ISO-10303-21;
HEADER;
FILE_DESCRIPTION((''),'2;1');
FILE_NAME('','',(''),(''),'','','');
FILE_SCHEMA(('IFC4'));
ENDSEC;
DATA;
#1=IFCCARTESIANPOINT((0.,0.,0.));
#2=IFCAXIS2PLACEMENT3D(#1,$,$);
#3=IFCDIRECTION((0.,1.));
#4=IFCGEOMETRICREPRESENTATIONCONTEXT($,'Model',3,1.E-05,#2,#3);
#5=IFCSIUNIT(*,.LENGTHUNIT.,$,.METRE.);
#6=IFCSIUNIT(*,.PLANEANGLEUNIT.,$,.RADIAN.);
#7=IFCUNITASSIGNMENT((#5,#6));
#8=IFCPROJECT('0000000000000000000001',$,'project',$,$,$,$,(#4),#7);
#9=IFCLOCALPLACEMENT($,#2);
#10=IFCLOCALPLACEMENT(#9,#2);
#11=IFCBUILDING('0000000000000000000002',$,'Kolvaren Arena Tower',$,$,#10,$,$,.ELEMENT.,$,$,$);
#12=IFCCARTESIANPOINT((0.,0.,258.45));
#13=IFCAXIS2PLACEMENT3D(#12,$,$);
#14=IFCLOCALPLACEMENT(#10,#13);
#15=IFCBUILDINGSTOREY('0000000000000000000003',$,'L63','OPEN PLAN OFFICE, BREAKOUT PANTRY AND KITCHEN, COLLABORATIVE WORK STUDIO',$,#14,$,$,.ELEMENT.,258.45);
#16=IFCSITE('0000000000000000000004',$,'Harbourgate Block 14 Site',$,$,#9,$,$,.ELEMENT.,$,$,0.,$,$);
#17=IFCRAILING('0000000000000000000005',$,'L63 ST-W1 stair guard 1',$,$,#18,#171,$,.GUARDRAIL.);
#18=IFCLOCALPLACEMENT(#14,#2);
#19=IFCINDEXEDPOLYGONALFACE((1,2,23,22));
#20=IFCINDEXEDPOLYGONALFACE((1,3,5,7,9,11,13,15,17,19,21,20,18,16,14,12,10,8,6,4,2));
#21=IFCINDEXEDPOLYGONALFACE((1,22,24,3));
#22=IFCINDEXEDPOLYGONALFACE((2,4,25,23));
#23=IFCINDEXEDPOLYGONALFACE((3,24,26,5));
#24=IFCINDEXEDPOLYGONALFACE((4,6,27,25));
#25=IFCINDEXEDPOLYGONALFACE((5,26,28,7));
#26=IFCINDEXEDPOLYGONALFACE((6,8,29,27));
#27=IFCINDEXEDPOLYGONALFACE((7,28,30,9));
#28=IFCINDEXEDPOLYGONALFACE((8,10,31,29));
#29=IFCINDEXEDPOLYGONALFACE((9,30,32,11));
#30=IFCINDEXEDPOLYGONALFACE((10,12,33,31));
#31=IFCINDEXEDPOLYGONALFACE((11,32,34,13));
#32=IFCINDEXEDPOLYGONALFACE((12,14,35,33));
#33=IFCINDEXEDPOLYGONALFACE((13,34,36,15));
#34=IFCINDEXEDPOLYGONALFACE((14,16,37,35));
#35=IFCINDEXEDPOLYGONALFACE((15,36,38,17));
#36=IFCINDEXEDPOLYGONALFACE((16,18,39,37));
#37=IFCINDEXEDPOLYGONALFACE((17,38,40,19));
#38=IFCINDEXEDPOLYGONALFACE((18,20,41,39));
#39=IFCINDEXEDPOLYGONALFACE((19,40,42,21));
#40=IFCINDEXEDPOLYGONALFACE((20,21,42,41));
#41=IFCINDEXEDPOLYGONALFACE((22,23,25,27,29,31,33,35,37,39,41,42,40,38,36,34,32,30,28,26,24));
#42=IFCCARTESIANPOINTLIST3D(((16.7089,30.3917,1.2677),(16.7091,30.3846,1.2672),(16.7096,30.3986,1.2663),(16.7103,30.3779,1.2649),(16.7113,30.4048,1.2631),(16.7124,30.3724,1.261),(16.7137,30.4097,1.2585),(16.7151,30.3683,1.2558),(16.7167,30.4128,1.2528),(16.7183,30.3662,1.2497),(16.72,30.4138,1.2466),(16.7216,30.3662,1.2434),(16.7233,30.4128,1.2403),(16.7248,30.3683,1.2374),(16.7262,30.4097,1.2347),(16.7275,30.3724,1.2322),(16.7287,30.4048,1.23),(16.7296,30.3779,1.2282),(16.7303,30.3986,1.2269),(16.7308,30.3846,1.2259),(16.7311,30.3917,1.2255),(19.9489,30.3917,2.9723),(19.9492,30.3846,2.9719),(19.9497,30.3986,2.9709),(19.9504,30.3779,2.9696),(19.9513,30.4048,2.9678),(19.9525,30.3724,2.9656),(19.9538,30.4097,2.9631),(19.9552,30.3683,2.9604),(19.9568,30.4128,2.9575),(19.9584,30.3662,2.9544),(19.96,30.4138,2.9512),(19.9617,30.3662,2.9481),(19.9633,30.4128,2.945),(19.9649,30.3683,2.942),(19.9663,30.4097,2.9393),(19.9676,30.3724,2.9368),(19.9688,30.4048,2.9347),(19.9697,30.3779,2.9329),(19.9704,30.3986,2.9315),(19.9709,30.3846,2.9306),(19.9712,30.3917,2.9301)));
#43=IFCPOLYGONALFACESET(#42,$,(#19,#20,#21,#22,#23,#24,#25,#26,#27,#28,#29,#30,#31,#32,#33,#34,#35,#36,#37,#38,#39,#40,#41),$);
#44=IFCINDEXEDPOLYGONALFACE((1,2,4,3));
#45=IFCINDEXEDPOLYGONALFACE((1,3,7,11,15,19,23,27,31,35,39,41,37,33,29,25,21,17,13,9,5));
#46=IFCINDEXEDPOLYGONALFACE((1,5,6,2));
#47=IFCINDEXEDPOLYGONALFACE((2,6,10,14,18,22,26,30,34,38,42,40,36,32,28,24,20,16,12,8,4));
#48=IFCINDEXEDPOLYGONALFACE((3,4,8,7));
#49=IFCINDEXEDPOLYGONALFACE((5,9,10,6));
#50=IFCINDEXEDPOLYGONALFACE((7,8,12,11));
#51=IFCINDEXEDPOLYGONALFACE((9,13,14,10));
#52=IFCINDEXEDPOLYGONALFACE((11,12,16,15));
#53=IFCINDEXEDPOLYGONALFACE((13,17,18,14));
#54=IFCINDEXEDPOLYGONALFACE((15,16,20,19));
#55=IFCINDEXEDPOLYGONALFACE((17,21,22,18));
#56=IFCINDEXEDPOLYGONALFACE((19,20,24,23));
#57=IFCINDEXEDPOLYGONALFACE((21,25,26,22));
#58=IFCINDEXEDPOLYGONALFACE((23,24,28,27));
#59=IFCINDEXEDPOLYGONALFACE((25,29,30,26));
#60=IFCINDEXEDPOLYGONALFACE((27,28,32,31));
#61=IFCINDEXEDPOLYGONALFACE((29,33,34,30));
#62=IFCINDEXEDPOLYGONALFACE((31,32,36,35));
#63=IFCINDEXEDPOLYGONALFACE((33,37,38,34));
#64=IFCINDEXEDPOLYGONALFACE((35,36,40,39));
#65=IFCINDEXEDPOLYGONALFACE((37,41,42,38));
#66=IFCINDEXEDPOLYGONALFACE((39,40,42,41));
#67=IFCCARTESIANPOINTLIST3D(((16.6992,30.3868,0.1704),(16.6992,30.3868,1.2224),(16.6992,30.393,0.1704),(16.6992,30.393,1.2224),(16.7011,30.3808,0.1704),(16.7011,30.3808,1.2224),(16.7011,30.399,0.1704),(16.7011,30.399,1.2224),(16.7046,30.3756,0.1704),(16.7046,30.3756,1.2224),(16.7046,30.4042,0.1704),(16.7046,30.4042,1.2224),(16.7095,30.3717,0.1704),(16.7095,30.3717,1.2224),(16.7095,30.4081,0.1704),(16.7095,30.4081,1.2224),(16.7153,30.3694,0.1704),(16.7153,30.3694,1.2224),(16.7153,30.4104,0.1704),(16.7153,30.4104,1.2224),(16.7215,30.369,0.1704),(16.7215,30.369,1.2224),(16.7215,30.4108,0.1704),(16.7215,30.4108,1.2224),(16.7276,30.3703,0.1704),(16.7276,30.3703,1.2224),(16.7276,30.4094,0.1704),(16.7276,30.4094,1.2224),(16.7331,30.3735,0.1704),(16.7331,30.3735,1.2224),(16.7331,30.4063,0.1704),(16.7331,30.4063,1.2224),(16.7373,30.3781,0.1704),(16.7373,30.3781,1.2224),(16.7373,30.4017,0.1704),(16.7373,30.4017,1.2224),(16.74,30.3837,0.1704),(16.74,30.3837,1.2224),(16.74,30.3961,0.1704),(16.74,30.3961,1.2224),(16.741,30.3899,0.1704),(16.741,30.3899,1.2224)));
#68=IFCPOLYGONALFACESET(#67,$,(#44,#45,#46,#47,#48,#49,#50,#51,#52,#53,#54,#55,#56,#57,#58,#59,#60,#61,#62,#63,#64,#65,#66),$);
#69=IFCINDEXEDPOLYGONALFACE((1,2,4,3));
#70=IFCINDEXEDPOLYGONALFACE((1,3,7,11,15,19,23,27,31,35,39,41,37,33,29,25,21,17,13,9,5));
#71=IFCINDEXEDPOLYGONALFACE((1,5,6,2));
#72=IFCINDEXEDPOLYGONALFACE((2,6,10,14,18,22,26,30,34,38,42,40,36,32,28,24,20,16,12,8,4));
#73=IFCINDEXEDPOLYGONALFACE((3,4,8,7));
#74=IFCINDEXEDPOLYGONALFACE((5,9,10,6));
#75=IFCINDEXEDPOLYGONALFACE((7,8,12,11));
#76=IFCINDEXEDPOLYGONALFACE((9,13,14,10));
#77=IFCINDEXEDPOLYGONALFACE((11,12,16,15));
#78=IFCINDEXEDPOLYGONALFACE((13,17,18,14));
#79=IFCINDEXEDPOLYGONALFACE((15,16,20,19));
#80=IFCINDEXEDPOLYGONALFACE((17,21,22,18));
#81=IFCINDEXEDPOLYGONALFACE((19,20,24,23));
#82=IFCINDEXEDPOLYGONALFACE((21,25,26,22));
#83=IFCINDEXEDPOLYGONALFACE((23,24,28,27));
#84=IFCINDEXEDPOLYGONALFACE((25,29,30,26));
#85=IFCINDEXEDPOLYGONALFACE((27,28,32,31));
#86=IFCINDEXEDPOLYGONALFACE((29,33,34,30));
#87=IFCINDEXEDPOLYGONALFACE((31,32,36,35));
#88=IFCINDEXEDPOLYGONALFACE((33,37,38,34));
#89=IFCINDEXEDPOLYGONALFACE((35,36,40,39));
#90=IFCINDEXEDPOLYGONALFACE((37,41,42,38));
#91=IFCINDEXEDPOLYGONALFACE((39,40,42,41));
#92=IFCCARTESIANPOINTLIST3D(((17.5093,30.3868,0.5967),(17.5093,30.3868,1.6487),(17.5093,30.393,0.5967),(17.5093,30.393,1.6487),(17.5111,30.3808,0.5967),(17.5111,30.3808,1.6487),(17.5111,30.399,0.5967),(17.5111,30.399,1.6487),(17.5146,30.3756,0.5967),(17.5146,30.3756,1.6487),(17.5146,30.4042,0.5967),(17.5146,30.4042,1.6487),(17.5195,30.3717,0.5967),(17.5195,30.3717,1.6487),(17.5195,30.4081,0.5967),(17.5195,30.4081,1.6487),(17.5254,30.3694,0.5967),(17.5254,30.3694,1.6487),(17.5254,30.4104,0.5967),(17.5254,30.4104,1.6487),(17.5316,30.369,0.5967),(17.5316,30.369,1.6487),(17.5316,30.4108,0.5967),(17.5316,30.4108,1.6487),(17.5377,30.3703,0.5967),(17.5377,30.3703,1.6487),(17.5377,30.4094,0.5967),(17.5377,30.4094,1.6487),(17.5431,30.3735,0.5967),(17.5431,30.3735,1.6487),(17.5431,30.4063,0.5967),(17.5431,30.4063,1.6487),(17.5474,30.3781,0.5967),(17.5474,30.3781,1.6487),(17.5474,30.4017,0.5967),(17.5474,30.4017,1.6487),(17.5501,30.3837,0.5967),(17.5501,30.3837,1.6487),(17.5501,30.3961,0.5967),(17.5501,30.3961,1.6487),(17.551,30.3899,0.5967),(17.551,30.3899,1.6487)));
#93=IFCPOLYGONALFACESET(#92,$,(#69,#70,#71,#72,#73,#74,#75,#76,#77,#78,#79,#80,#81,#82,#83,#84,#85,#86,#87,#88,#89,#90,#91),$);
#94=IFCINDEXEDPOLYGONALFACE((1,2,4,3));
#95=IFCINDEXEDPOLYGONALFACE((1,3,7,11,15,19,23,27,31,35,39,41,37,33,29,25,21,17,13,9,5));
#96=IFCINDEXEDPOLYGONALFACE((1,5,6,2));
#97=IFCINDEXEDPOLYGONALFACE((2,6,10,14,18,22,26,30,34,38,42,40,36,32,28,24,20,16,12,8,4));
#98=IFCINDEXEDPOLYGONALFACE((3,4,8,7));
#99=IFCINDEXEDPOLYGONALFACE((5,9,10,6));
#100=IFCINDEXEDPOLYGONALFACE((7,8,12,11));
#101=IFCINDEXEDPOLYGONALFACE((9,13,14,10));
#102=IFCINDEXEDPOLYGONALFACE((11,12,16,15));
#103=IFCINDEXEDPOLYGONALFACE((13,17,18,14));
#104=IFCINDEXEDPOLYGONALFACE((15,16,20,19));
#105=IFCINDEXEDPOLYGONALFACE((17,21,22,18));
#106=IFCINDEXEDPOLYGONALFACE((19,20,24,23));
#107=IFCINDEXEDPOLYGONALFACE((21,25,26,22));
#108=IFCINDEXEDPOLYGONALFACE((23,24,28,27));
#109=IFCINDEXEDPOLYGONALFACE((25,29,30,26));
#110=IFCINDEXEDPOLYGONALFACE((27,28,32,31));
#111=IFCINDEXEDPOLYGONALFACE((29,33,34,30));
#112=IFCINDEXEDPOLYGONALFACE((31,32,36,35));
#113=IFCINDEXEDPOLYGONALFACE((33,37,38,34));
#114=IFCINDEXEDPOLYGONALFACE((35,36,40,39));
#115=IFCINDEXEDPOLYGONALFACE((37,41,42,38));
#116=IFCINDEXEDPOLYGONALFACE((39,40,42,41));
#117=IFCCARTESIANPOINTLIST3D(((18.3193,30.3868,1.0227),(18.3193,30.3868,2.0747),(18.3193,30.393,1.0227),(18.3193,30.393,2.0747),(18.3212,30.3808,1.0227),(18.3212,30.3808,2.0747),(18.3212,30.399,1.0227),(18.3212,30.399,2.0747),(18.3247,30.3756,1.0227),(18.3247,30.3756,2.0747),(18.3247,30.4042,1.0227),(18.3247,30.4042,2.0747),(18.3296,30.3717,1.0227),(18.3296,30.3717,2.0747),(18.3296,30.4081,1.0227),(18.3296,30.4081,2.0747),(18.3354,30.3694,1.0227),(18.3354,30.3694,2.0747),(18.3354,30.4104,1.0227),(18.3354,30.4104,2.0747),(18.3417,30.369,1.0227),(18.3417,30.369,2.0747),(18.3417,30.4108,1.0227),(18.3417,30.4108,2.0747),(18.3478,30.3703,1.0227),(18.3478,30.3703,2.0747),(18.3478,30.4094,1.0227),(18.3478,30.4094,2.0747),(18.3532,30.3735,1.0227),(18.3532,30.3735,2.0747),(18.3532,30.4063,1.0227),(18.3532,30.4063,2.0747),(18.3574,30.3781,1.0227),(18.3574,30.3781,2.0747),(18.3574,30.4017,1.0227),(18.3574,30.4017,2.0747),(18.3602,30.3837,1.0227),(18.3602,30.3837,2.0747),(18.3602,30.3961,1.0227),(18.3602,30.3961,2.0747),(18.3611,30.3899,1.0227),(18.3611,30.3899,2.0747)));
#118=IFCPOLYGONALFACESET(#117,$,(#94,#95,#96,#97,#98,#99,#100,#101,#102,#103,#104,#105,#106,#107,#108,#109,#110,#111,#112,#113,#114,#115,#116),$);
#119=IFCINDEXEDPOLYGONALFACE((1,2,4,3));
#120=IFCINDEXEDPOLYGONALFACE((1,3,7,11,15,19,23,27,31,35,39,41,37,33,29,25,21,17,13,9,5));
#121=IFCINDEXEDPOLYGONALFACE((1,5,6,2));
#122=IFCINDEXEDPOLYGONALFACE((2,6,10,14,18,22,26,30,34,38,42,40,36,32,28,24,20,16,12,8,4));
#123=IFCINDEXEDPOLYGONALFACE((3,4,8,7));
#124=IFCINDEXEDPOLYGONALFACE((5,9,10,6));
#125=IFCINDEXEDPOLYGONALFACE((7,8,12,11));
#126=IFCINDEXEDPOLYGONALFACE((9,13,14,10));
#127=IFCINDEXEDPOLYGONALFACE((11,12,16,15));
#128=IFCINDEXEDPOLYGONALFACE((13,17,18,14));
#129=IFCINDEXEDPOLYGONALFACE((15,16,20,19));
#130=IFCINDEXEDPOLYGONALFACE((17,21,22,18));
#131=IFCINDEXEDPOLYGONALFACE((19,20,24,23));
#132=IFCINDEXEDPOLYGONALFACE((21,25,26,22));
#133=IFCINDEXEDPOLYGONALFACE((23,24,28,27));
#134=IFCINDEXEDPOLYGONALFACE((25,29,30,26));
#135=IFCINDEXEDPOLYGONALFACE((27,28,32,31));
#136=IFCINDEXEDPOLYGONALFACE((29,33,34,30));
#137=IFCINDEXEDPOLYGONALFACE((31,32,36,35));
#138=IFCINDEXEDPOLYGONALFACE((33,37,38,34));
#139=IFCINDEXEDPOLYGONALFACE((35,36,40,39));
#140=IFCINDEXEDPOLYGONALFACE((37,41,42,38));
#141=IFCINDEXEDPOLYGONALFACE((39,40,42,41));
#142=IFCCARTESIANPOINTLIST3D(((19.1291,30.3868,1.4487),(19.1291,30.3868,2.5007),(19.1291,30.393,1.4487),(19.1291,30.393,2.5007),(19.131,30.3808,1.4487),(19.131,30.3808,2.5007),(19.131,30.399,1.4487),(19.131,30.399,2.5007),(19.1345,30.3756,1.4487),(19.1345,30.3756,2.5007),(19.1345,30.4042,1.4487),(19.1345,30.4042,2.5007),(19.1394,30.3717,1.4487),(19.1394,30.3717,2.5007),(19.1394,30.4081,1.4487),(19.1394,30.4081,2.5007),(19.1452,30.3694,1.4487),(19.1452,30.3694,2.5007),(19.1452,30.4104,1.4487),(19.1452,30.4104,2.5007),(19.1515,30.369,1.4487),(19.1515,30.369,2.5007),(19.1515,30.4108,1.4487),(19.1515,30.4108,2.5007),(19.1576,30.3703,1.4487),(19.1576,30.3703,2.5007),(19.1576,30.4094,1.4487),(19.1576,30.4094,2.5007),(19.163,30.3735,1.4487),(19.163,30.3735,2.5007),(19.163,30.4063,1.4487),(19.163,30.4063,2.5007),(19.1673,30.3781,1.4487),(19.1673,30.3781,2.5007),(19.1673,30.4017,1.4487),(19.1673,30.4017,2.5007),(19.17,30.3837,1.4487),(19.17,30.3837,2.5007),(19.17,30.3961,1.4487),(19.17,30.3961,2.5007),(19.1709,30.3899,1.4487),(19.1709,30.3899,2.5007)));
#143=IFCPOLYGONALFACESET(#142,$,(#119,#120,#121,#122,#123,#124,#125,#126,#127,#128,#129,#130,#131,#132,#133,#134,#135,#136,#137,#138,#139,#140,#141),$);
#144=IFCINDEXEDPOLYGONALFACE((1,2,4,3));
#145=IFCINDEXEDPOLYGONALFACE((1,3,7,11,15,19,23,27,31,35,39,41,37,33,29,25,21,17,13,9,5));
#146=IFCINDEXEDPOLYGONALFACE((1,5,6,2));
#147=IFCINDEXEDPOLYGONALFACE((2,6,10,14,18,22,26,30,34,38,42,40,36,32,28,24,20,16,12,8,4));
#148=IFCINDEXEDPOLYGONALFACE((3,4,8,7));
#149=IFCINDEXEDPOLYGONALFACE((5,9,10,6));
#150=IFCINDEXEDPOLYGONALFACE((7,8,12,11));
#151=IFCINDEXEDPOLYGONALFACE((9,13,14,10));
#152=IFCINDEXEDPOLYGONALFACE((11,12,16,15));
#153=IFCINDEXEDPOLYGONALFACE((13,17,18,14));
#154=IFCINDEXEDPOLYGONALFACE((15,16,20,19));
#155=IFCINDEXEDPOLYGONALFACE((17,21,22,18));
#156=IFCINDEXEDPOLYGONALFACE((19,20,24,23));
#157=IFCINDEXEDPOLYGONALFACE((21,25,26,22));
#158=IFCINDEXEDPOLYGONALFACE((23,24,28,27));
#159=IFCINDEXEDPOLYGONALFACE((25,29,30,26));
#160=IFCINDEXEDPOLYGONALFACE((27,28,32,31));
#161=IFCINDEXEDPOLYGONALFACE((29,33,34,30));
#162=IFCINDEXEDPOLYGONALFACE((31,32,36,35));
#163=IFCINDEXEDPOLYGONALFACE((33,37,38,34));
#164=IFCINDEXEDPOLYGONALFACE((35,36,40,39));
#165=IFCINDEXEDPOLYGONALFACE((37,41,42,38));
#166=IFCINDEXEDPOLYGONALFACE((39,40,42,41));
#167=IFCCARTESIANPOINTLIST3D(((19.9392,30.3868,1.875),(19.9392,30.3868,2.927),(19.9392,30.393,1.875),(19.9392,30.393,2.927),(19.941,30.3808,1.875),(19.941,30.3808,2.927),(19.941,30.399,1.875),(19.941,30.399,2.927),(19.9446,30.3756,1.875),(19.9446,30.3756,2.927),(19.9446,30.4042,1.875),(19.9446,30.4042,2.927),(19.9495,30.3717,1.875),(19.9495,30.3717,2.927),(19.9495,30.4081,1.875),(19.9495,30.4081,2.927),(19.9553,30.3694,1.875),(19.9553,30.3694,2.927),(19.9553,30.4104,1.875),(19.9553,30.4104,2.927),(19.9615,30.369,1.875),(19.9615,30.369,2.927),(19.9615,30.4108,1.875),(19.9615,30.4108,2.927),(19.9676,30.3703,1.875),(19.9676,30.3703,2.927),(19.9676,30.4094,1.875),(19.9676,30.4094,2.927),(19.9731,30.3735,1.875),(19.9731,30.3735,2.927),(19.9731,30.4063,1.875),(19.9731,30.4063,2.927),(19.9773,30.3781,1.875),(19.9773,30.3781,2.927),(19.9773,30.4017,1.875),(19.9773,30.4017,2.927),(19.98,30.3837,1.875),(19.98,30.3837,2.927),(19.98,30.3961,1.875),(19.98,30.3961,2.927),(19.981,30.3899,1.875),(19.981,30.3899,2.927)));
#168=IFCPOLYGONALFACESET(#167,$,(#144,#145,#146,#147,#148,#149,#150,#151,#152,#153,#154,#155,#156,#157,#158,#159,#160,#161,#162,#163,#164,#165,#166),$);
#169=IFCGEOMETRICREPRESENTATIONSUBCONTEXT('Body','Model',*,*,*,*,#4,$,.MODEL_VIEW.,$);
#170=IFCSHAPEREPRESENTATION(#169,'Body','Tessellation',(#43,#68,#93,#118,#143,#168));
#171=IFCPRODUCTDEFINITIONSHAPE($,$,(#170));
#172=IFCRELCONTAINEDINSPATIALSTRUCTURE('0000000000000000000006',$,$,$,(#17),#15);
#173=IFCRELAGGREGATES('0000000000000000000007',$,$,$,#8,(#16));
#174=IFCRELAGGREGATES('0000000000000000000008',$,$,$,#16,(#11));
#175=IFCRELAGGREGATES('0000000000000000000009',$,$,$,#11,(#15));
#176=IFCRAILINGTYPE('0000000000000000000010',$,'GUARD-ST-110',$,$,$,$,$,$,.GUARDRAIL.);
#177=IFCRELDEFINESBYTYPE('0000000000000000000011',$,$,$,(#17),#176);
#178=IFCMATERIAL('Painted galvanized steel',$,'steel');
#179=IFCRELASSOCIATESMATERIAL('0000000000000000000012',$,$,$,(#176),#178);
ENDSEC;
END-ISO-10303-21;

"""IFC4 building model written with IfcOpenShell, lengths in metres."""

from ifc_helpers import new_model, si_unit, direction, frame, origin, origin_2d, place, context, subcontext, project, spatial, circle, extrude, material, type_object, element, save


model = new_model("IFC4")

# Units and contexts
model_context = context("Model", 3, precision=1e-05, world=origin(), true_north=direction((0.0, 1.0)))
body_context = subcontext(model_context, "Body", "Model", "MODEL_VIEW")
ifc_project = project(units=[si_unit("LENGTHUNIT", "METRE"), si_unit("PLANEANGLEUNIT", "RADIAN")], contexts=[model_context])

# Site, building, storey
site_placement = place(None, origin())
site = spatial("IfcSite", under=ifc_project, at=site_placement, Name="Harbourgate Block 14 Site", CompositionType="ELEMENT", RefElevation=0.0)
building_placement = place(site_placement, origin())
building = spatial("IfcBuilding", under=site, at=building_placement, Name="Kolvaren Arena Tower", CompositionType="ELEMENT")
storey_placement = place(building_placement, frame((0.0, 0.0, 258.45)))
storey = spatial("IfcBuildingStorey", under=building, at=storey_placement, Name="L63", Description="OPEN PLAN OFFICE, BREAKOUT PANTRY AND KITCHEN, COLLABORATIVE WORK STUDIO", CompositionType="ELEMENT", Elevation=258.45)

# Railing
ifc_material_1 = material(Name="Painted galvanized steel", Category="steel")
railing_type_1 = type_object("IfcRailingType", Name="GUARD-ST-110", PredefinedType="GUARDRAIL", material=ifc_material_1)
railing_1_placement = place(storey_placement, frame((16.72, 30.3899, 0.1704)))
element("IfcRailing", 1, at=railing_1_placement, inside=storey, type_object=railing_type_1, Name="L63 ST-W1 stair guard 1", PredefinedType="GUARDRAIL", context=body_context, shape_type="SweptSolid", body=[
    extrude(circle(Radius=0.0239, at=origin_2d()), frame((0.0, 0.0, 1.0762), z_axis=(0.884993, 0.0, 0.465604), x_axis=(0.0, 1.0, 0.0)), (0.0, 0.0, 1.0), 3.6611),
    extrude(circle(Radius=0.021, at=origin_2d()), origin(), (0.0, 0.0, 1.0), 1.052),
    extrude(circle(Radius=0.021, at=origin_2d()), frame((0.8101, 0.0, 0.4263)), (0.0, 0.0, 1.0), 1.052),
    extrude(circle(Radius=0.021, at=origin_2d()), frame((1.6201, 0.0, 0.8523)), (0.0, 0.0, 1.0), 1.052),
    extrude(circle(Radius=0.021, at=origin_2d()), frame((2.4299, 0.0, 1.2783)), (0.0, 0.0, 1.0), 1.052),
    extrude(circle(Radius=0.021, at=origin_2d()), frame((3.24, 0.0, 1.7046)), (0.0, 0.0, 1.0), 1.052),
])

save(model, "model.ifc")
